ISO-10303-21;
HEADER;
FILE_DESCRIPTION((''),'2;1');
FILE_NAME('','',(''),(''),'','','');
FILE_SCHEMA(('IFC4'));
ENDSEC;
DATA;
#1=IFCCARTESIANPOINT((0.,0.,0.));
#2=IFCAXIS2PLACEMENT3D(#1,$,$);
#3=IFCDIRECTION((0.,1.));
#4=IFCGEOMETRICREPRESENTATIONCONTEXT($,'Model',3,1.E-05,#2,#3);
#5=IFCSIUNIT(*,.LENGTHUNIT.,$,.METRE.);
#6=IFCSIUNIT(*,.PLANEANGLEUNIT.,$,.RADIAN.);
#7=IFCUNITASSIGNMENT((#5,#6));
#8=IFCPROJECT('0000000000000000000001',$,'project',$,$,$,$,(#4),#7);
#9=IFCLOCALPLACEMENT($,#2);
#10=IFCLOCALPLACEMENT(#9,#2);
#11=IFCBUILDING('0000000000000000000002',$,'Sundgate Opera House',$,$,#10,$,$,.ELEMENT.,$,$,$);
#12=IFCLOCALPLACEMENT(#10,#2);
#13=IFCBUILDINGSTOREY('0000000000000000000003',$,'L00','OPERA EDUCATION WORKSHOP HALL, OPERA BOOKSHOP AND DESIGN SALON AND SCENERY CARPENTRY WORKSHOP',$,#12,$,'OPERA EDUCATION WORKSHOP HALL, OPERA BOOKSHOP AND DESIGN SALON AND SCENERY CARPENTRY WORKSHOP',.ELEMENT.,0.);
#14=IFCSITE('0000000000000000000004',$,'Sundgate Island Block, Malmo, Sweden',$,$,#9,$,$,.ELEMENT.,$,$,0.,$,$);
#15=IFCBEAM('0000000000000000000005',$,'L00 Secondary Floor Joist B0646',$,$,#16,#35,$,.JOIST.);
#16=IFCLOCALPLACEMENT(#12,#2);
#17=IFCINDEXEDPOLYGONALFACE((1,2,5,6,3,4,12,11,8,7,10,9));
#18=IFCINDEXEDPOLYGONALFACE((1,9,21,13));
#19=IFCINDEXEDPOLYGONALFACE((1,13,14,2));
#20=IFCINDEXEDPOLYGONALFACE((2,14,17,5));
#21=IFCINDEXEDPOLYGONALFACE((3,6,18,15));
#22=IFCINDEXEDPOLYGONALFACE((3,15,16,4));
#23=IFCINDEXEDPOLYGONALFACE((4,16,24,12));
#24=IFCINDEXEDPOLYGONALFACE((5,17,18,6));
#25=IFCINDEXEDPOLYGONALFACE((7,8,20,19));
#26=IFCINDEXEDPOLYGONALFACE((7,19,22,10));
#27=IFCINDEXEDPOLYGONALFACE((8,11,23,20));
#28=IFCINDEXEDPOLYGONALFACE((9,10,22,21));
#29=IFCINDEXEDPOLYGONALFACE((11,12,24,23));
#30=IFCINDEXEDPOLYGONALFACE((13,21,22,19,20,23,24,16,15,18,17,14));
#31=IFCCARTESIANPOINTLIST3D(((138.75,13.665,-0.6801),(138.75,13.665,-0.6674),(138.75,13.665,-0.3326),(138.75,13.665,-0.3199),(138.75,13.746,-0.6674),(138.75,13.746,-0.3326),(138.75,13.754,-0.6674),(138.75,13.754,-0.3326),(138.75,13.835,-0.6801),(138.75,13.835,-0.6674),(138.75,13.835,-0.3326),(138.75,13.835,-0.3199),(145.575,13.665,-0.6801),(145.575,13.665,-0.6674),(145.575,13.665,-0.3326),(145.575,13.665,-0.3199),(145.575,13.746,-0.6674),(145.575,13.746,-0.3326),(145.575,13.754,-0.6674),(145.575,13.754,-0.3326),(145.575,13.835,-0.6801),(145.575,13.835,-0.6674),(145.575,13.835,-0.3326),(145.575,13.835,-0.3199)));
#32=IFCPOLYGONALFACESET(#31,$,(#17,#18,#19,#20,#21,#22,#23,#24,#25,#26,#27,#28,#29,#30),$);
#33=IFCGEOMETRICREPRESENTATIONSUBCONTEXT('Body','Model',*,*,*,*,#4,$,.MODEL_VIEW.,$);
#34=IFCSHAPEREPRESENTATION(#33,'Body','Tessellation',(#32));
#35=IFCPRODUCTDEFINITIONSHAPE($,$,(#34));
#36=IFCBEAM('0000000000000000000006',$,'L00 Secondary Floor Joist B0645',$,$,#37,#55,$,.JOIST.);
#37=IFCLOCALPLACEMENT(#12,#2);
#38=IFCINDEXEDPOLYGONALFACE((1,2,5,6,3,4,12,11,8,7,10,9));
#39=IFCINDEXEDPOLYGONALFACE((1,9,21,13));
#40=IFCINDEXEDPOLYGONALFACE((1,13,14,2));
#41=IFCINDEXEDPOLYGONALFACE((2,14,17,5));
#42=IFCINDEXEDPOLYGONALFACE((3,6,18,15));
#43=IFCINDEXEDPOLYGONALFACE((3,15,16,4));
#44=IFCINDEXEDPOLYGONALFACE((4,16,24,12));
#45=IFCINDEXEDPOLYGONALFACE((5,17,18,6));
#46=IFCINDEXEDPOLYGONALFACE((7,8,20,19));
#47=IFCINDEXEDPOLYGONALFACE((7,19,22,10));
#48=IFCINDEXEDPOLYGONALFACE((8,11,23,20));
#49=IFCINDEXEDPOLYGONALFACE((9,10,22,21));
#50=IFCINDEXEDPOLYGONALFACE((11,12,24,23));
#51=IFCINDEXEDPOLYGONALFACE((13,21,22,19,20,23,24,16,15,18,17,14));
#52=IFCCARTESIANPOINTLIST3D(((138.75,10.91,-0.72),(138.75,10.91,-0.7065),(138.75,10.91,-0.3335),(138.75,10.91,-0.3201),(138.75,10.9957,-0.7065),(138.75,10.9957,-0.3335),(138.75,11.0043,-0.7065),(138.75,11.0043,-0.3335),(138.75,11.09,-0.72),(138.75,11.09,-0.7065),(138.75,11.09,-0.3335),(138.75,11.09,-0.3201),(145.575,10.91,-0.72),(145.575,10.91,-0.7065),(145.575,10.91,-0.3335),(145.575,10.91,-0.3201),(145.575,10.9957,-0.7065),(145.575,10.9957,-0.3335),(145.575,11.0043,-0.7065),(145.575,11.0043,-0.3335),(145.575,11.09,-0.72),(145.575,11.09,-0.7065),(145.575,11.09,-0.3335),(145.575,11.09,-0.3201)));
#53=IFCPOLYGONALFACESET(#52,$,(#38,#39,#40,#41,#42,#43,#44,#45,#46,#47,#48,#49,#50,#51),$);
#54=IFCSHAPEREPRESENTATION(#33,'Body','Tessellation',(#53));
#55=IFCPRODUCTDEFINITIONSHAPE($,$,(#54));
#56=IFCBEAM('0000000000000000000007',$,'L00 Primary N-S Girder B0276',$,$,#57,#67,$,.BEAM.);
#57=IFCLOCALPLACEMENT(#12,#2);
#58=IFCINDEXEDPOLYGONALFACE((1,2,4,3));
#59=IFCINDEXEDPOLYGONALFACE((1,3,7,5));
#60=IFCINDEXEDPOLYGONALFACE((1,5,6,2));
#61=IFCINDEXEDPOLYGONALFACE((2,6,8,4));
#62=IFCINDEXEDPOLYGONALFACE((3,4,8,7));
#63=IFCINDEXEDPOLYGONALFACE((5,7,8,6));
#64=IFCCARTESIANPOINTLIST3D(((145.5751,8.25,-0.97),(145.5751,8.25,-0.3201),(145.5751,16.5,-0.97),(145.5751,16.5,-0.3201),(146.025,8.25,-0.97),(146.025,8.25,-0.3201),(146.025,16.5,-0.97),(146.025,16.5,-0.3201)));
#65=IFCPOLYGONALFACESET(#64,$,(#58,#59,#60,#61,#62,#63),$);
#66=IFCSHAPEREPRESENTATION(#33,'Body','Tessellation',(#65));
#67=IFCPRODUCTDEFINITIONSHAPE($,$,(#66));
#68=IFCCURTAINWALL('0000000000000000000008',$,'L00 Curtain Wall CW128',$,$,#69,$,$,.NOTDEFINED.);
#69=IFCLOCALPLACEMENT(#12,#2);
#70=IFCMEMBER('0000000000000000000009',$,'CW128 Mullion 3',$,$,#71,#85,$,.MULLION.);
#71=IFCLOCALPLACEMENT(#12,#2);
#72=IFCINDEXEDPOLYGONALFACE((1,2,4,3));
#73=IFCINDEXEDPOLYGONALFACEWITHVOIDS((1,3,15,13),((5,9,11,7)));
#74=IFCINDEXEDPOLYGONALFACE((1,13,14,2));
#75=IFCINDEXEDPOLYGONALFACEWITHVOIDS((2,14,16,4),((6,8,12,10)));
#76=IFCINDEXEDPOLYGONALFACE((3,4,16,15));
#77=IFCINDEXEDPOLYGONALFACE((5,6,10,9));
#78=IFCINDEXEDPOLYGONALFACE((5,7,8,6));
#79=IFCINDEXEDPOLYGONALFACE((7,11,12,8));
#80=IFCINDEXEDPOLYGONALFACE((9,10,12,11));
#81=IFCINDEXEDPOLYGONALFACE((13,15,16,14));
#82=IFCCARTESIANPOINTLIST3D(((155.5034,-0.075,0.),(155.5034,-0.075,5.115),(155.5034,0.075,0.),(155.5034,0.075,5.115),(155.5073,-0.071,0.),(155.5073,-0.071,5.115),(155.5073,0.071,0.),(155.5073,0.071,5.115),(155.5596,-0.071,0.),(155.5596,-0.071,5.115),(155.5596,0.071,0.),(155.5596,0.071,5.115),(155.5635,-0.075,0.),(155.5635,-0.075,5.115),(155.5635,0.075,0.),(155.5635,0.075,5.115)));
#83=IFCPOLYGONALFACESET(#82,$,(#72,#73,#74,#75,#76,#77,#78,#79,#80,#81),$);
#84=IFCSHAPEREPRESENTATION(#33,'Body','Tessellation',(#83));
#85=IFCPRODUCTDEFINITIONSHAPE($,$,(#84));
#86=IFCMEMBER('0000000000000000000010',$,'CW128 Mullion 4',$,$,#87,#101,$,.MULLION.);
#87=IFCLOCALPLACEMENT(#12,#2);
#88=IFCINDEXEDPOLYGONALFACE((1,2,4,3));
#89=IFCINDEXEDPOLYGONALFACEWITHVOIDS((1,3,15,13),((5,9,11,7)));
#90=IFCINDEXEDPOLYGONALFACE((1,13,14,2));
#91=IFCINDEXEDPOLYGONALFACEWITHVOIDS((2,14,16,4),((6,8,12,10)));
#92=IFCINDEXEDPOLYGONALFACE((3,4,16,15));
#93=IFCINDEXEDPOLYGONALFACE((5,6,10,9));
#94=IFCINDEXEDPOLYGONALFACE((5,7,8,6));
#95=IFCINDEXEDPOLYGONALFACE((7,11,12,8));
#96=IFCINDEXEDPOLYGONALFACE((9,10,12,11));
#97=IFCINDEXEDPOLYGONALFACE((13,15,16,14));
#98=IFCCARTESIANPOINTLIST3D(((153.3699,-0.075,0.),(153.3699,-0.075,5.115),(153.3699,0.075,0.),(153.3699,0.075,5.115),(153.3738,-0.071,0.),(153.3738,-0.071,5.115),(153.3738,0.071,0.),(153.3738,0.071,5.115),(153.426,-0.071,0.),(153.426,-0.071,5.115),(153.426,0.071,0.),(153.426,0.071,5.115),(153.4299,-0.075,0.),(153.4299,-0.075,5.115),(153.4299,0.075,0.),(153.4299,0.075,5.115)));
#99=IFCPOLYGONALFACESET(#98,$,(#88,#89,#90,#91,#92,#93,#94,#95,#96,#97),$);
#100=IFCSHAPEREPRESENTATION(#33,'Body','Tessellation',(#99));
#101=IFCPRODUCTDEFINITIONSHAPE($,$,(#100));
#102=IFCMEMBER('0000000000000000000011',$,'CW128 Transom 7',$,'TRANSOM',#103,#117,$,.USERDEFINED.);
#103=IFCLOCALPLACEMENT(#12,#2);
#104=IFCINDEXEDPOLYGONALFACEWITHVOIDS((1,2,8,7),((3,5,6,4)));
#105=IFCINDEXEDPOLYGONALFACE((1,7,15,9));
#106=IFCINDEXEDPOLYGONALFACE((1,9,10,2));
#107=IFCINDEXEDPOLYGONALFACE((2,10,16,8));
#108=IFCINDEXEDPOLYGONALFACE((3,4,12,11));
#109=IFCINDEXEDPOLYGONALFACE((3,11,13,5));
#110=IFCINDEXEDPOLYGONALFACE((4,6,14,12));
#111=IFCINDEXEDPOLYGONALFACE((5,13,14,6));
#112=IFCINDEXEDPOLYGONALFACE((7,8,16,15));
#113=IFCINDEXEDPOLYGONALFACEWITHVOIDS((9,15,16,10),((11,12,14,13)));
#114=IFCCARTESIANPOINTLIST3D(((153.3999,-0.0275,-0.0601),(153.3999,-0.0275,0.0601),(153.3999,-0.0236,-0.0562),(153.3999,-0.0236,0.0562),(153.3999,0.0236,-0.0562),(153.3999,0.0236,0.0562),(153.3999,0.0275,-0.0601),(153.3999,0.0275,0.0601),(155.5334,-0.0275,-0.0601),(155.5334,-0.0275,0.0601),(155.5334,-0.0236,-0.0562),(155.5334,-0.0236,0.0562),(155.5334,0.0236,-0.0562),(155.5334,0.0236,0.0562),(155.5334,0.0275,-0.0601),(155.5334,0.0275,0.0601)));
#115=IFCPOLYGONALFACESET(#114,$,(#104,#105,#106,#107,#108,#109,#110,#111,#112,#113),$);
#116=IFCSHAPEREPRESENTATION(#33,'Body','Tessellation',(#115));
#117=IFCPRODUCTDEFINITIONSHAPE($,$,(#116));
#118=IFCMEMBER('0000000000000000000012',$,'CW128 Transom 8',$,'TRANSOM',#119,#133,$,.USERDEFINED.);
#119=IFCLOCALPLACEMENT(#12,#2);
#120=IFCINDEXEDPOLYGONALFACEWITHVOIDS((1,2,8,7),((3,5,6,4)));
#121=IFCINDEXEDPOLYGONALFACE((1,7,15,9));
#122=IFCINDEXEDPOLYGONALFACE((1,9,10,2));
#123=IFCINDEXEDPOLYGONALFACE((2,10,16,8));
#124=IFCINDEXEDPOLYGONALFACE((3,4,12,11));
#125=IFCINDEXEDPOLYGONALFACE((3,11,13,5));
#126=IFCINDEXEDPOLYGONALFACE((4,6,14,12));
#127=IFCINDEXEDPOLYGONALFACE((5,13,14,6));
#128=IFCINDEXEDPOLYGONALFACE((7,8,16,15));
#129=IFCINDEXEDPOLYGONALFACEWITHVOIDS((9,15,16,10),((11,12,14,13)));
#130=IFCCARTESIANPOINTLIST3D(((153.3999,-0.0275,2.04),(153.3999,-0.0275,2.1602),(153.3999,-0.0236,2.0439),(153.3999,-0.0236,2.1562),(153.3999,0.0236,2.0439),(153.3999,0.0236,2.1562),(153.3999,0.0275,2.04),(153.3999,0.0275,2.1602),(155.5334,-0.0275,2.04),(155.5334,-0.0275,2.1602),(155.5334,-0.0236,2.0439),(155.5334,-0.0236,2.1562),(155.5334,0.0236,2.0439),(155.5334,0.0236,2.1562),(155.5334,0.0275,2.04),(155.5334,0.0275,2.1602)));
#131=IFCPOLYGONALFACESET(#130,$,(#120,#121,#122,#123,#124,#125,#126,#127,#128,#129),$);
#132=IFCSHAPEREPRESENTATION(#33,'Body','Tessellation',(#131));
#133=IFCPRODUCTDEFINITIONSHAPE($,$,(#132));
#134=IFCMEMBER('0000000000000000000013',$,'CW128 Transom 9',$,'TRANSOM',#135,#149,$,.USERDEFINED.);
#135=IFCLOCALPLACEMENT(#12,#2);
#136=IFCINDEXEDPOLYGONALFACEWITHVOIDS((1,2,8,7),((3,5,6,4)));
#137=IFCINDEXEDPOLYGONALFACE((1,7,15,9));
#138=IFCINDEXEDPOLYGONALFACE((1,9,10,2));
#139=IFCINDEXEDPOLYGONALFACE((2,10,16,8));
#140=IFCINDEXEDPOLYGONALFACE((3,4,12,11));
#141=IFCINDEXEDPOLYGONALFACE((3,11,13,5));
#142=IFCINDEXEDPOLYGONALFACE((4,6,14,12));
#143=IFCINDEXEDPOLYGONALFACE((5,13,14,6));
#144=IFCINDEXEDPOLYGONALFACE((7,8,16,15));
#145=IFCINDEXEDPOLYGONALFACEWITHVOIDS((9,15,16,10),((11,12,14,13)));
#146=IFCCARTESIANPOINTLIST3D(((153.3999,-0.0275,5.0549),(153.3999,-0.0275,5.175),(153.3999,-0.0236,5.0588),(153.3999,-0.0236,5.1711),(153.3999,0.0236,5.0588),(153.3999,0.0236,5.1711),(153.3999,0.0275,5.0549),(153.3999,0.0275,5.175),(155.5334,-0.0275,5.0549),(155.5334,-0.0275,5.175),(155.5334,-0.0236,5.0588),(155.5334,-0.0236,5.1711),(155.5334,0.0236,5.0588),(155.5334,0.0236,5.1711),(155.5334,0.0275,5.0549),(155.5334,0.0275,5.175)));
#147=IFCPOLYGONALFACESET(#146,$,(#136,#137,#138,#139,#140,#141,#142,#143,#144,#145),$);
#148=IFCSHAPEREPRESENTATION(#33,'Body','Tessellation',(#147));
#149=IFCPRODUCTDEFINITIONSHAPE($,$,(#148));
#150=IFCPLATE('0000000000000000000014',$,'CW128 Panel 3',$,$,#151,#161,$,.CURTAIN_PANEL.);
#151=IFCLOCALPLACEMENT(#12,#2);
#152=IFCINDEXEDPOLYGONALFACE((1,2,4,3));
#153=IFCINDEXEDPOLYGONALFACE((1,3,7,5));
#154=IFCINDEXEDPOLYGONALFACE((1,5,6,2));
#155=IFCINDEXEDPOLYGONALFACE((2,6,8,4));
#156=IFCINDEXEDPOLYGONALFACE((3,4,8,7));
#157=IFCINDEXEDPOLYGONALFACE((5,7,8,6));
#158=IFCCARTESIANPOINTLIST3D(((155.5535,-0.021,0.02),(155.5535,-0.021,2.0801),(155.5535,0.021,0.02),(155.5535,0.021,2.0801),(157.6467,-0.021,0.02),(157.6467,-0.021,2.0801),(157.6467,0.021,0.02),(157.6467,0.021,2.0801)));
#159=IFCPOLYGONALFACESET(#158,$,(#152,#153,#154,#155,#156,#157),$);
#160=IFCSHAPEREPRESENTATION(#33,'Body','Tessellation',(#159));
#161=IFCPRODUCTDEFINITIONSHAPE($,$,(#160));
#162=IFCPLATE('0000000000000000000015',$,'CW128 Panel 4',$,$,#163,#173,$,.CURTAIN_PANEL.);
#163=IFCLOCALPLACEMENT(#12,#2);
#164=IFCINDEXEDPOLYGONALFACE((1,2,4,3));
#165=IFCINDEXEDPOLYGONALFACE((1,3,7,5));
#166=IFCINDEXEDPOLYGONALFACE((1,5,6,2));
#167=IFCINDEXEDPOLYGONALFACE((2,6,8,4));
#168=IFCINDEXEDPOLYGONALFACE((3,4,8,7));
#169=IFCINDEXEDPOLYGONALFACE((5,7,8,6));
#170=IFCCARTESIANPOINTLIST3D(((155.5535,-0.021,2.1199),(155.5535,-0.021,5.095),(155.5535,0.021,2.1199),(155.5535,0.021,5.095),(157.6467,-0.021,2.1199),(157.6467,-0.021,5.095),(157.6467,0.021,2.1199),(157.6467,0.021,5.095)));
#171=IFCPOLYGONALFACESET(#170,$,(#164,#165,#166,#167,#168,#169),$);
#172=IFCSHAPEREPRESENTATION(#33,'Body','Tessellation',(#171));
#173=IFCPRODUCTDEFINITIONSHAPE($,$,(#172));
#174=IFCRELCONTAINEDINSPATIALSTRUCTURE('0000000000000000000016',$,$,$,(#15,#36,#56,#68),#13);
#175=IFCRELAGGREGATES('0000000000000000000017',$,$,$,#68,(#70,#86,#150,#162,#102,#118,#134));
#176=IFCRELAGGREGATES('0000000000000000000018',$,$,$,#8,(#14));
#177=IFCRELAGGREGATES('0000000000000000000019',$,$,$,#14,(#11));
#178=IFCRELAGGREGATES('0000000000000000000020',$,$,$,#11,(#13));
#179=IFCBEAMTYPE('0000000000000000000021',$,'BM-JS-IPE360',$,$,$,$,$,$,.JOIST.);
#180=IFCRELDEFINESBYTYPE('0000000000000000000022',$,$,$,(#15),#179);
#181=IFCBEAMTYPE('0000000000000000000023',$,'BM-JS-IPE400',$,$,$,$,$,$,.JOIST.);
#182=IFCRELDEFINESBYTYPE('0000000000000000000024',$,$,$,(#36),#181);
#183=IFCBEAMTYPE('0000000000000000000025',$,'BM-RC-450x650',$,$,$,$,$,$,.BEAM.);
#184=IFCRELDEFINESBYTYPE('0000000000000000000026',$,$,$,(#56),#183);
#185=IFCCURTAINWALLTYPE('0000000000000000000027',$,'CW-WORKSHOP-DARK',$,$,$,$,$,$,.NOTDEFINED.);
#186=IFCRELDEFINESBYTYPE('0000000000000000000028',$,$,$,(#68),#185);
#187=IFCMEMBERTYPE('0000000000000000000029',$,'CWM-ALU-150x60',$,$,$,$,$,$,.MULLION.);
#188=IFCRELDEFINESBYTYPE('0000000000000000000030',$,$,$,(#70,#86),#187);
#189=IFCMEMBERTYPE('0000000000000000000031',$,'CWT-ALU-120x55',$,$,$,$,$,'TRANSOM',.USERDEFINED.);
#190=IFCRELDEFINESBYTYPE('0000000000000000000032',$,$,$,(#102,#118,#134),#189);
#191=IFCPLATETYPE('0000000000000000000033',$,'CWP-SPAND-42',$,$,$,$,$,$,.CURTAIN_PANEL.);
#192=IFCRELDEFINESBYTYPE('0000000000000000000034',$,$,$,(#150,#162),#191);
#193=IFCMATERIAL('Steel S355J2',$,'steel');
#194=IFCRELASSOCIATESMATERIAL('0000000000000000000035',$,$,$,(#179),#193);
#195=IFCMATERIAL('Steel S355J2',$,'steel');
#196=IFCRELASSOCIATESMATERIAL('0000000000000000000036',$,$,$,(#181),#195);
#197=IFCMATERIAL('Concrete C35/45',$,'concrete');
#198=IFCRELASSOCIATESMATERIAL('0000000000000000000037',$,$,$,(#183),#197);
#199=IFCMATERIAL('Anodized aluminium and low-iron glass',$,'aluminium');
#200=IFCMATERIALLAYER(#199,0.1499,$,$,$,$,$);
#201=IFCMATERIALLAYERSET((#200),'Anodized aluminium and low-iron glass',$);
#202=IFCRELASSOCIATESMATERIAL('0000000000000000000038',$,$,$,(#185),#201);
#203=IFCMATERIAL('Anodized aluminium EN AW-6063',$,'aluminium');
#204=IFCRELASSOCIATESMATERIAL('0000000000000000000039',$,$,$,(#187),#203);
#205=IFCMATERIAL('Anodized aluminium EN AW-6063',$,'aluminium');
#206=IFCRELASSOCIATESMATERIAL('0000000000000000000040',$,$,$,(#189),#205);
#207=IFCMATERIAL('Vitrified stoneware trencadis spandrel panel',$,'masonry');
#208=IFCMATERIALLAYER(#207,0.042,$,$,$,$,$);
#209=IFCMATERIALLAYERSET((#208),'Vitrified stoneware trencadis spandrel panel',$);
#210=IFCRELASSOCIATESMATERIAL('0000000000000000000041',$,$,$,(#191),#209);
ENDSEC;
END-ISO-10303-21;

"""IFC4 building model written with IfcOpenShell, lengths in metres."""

from ifc_helpers import new_model, si_unit, direction, frame, origin, origin_2d, place, context, subcontext, project, spatial, rectangle, hollow_rectangle, i_section, extrude, material, layer, layer_set, material_profile, profile_set, type_object, element, aggregate, save


model = new_model("IFC4")

# Units and contexts
model_context = context("Model", 3, precision=1e-05, world=origin(), true_north=direction((0.0, 1.0)))
body_context = subcontext(model_context, "Body", "Model", "MODEL_VIEW")
ifc_project = project(units=[si_unit("LENGTHUNIT", "METRE"), si_unit("PLANEANGLEUNIT", "RADIAN")], contexts=[model_context])

# Site, building, storey
site_placement = place(None, origin())
site = spatial("IfcSite", under=ifc_project, at=site_placement, Name="Sundgate Island Block, Malmo, Sweden", CompositionType="ELEMENT", RefElevation=0.0)
building_placement = place(site_placement, origin())
building = spatial("IfcBuilding", under=site, at=building_placement, Name="Sundgate Opera House", CompositionType="ELEMENT")
storey_placement = place(building_placement, origin())
storey = spatial("IfcBuildingStorey", under=building, at=storey_placement, Name="L00", Description="OPERA EDUCATION WORKSHOP HALL, OPERA BOOKSHOP AND DESIGN SALON AND SCENERY CARPENTRY WORKSHOP", LongName="OPERA EDUCATION WORKSHOP HALL, OPERA BOOKSHOP AND DESIGN SALON AND SCENERY CARPENTRY WORKSHOP", CompositionType="ELEMENT", Elevation=0.0)

# Beams
ifc_material_1 = material(Name="Steel S355J2", Category="steel")
ifc_material_profile_1 = material_profile(ifc_material_1, i_section(OverallWidth=0.1699, OverallDepth=0.3601, WebThickness=0.0081, FlangeThickness=0.0127, at=origin_2d()), Name="IPE 360")
ifc_profile_set_1 = profile_set([ifc_material_profile_1], Name="Steel S355J2")
beam_type_1 = type_object("IfcBeamType", Name="BM-JS-IPE360", PredefinedType="JOIST", material=ifc_profile_set_1)
beam_1_placement = place(storey_placement, frame((138.75, 13.75, -0.5), z_axis=(1.0, 0.0, 0.0), x_axis=(0.0, 1.0, 0.0)))
element("IfcBeam", 1, at=beam_1_placement, inside=storey, type_object=beam_type_1, Name="L00 Secondary Floor Joist B0646", PredefinedType="JOIST", context=body_context, shape_type="SweptSolid", body=[
    extrude(i_section(OverallWidth=0.1699, OverallDepth=0.3601, WebThickness=0.0081, FlangeThickness=0.0127, at=origin_2d()), origin(), (0.0, 0.0, 1.0), 6.825),
])
ifc_material_2 = material(Name="Steel S355J2", Category="steel")
ifc_material_profile_2 = material_profile(ifc_material_2, i_section(OverallWidth=0.1799, OverallDepth=0.3999, WebThickness=0.0085, FlangeThickness=0.0134, at=origin_2d()), Name="IPE 400")
ifc_profile_set_2 = profile_set([ifc_material_profile_2], Name="Steel S355J2")
beam_type_2 = type_object("IfcBeamType", Name="BM-JS-IPE400", PredefinedType="JOIST", material=ifc_profile_set_2)
beam_2_placement = place(storey_placement, frame((138.75, 11.0, -0.52), z_axis=(1.0, 0.0, 0.0), x_axis=(0.0, 1.0, 0.0)))
element("IfcBeam", 2, at=beam_2_placement, inside=storey, type_object=beam_type_2, Name="L00 Secondary Floor Joist B0645", PredefinedType="JOIST", context=body_context, shape_type="SweptSolid", body=[
    extrude(i_section(OverallWidth=0.1799, OverallDepth=0.3999, WebThickness=0.0085, FlangeThickness=0.0134, at=origin_2d()), origin(), (0.0, 0.0, 1.0), 6.825),
])
ifc_material_3 = material(Name="Concrete C35/45", Category="concrete")
ifc_material_profile_3 = material_profile(ifc_material_3, rectangle(XDim=0.45, YDim=0.6499, at=origin_2d()), Name="RC 450x650")
ifc_profile_set_3 = profile_set([ifc_material_profile_3], Name="Concrete C35/45")
beam_type_3 = type_object("IfcBeamType", Name="BM-RC-450x650", PredefinedType="BEAM", material=ifc_profile_set_3)
beam_3_placement = place(storey_placement, frame((145.8, 8.25, -0.645), z_axis=(0.0, 1.0, 0.0), x_axis=(-1.0, 0.0, 0.0)))
element("IfcBeam", 3, at=beam_3_placement, inside=storey, type_object=beam_type_3, Name="L00 Primary N-S Girder B0276", PredefinedType="BEAM", context=body_context, shape_type="SweptSolid", body=[
    extrude(rectangle(XDim=0.45, YDim=0.6499, at=origin_2d()), origin(), (0.0, 0.0, 1.0), 8.25),
])

# Curtain wall, members, plates
ifc_material_4 = material(Name="Anodized aluminium and low-iron glass", Category="aluminium")
ifc_layer_1 = layer(ifc_material_4, 0.1499)
ifc_layer_set_1 = layer_set([ifc_layer_1], Name="Anodized aluminium and low-iron glass")
curtain_wall_type = type_object("IfcCurtainWallType", Name="CW-WORKSHOP-DARK", PredefinedType="NOTDEFINED", material=ifc_layer_set_1)
curtain_wall_placement = place(storey_placement, origin())
curtain_wall = element("IfcCurtainWall", 4, at=curtain_wall_placement, inside=storey, type_object=curtain_wall_type, Name="L00 Curtain Wall CW128", PredefinedType="NOTDEFINED")
ifc_material_5 = material(Name="Anodized aluminium EN AW-6063", Category="aluminium")
ifc_material_profile_4 = material_profile(ifc_material_5, hollow_rectangle(XDim=0.0601, YDim=0.1499, WallThickness=0.0039, at=origin_2d()), Name="CWM 150x60x4")
ifc_profile_set_4 = profile_set([ifc_material_profile_4], Name="Anodized aluminium EN AW-6063")
member_type_1 = type_object("IfcMemberType", Name="CWM-ALU-150x60", PredefinedType="MULLION", material=ifc_profile_set_4)
member_1_placement = place(storey_placement, frame((155.5334, 0.0, 0.0), z_axis=(0.0, 0.0, 1.0), x_axis=(1.0, 0.0, 0.0)))
member_1 = element("IfcMember", 5, at=member_1_placement, type_object=member_type_1, Name="CW128 Mullion 3", PredefinedType="MULLION", context=body_context, shape_type="SweptSolid", body=[
    extrude(hollow_rectangle(XDim=0.0601, YDim=0.1499, WallThickness=0.0039, at=origin_2d()), origin(), (0.0, 0.0, 1.0), 5.115),
])
member_2_placement = place(storey_placement, frame((153.3999, 0.0, 0.0), z_axis=(0.0, 0.0, 1.0), x_axis=(1.0, 0.0, 0.0)))
member_2 = element("IfcMember", 6, at=member_2_placement, type_object=member_type_1, Name="CW128 Mullion 4", PredefinedType="MULLION", context=body_context, shape_type="SweptSolid", body=[
    extrude(hollow_rectangle(XDim=0.0601, YDim=0.1499, WallThickness=0.0039, at=origin_2d()), origin(), (0.0, 0.0, 1.0), 5.115),
])
ifc_material_6 = material(Name="Anodized aluminium EN AW-6063", Category="aluminium")
ifc_material_profile_5 = material_profile(ifc_material_6, hollow_rectangle(XDim=0.0549, YDim=0.1201, WallThickness=0.0039, at=origin_2d()), Name="CWT 120x55x4")
ifc_profile_set_5 = profile_set([ifc_material_profile_5], Name="Anodized aluminium EN AW-6063")
member_type_2 = type_object("IfcMemberType", Name="CWT-ALU-120x55", ElementType="TRANSOM", PredefinedType="USERDEFINED", material=ifc_profile_set_5)
member_3_placement = place(storey_placement, frame((155.5334, 0.0, 0.0), z_axis=(-1.0, 0.0, 0.0), x_axis=(0.0, -1.0, 0.0)))
member_3 = element("IfcMember", 7, at=member_3_placement, type_object=member_type_2, Name="CW128 Transom 7", ObjectType="TRANSOM", PredefinedType="USERDEFINED", context=body_context, shape_type="SweptSolid", body=[
    extrude(hollow_rectangle(XDim=0.0549, YDim=0.1201, WallThickness=0.0039, at=origin_2d()), origin(), (0.0, 0.0, 1.0), 2.1335),
])
member_4_placement = place(storey_placement, frame((155.5334, 0.0, 2.1001), z_axis=(-1.0, 0.0, 0.0), x_axis=(0.0, -1.0, 0.0)))
member_4 = element("IfcMember", 8, at=member_4_placement, type_object=member_type_2, Name="CW128 Transom 8", ObjectType="TRANSOM", PredefinedType="USERDEFINED", context=body_context, shape_type="SweptSolid", body=[
    extrude(hollow_rectangle(XDim=0.0549, YDim=0.1201, WallThickness=0.0039, at=origin_2d()), origin(), (0.0, 0.0, 1.0), 2.1335),
])
member_5_placement = place(storey_placement, frame((155.5334, 0.0, 5.115), z_axis=(-1.0, 0.0, 0.0), x_axis=(0.0, -1.0, 0.0)))
member_5 = element("IfcMember", 9, at=member_5_placement, type_object=member_type_2, Name="CW128 Transom 9", ObjectType="TRANSOM", PredefinedType="USERDEFINED", context=body_context, shape_type="SweptSolid", body=[
    extrude(hollow_rectangle(XDim=0.0549, YDim=0.1201, WallThickness=0.0039, at=origin_2d()), origin(), (0.0, 0.0, 1.0), 2.1335),
])
ifc_material_7 = material(Name="Vitrified stoneware trencadis spandrel panel", Category="masonry")
ifc_layer_2 = layer(ifc_material_7, 0.042)
ifc_layer_set_2 = layer_set([ifc_layer_2], Name="Vitrified stoneware trencadis spandrel panel")
plate_type_1 = type_object("IfcPlateType", Name="CWP-SPAND-42", PredefinedType="CURTAIN_PANEL", material=ifc_layer_set_2)
plate_1_placement = place(storey_placement, frame((156.6001, 0.0, 0.02), z_axis=(0.0, 0.0, 1.0), x_axis=(-1.0, 0.0, 0.0)))
plate_1 = element("IfcPlate", 10, at=plate_1_placement, type_object=plate_type_1, Name="CW128 Panel 3", PredefinedType="CURTAIN_PANEL", context=body_context, shape_type="SweptSolid", body=[
    extrude(rectangle(XDim=2.0933, YDim=0.042, at=origin_2d()), origin(), (0.0, 0.0, 1.0), 2.0601),
])
plate_2_placement = place(storey_placement, frame((156.6001, 0.0, 2.1199), z_axis=(0.0, 0.0, 1.0), x_axis=(-1.0, 0.0, 0.0)))
plate_2 = element("IfcPlate", 11, at=plate_2_placement, type_object=plate_type_1, Name="CW128 Panel 4", PredefinedType="CURTAIN_PANEL", context=body_context, shape_type="SweptSolid", body=[
    extrude(rectangle(XDim=2.0933, YDim=0.042, at=origin_2d()), origin(), (0.0, 0.0, 1.0), 2.9751),
])
aggregate(curtain_wall, [member_1, member_2, plate_1, plate_2, member_3, member_4, member_5])

save(model, "model.ifc")
